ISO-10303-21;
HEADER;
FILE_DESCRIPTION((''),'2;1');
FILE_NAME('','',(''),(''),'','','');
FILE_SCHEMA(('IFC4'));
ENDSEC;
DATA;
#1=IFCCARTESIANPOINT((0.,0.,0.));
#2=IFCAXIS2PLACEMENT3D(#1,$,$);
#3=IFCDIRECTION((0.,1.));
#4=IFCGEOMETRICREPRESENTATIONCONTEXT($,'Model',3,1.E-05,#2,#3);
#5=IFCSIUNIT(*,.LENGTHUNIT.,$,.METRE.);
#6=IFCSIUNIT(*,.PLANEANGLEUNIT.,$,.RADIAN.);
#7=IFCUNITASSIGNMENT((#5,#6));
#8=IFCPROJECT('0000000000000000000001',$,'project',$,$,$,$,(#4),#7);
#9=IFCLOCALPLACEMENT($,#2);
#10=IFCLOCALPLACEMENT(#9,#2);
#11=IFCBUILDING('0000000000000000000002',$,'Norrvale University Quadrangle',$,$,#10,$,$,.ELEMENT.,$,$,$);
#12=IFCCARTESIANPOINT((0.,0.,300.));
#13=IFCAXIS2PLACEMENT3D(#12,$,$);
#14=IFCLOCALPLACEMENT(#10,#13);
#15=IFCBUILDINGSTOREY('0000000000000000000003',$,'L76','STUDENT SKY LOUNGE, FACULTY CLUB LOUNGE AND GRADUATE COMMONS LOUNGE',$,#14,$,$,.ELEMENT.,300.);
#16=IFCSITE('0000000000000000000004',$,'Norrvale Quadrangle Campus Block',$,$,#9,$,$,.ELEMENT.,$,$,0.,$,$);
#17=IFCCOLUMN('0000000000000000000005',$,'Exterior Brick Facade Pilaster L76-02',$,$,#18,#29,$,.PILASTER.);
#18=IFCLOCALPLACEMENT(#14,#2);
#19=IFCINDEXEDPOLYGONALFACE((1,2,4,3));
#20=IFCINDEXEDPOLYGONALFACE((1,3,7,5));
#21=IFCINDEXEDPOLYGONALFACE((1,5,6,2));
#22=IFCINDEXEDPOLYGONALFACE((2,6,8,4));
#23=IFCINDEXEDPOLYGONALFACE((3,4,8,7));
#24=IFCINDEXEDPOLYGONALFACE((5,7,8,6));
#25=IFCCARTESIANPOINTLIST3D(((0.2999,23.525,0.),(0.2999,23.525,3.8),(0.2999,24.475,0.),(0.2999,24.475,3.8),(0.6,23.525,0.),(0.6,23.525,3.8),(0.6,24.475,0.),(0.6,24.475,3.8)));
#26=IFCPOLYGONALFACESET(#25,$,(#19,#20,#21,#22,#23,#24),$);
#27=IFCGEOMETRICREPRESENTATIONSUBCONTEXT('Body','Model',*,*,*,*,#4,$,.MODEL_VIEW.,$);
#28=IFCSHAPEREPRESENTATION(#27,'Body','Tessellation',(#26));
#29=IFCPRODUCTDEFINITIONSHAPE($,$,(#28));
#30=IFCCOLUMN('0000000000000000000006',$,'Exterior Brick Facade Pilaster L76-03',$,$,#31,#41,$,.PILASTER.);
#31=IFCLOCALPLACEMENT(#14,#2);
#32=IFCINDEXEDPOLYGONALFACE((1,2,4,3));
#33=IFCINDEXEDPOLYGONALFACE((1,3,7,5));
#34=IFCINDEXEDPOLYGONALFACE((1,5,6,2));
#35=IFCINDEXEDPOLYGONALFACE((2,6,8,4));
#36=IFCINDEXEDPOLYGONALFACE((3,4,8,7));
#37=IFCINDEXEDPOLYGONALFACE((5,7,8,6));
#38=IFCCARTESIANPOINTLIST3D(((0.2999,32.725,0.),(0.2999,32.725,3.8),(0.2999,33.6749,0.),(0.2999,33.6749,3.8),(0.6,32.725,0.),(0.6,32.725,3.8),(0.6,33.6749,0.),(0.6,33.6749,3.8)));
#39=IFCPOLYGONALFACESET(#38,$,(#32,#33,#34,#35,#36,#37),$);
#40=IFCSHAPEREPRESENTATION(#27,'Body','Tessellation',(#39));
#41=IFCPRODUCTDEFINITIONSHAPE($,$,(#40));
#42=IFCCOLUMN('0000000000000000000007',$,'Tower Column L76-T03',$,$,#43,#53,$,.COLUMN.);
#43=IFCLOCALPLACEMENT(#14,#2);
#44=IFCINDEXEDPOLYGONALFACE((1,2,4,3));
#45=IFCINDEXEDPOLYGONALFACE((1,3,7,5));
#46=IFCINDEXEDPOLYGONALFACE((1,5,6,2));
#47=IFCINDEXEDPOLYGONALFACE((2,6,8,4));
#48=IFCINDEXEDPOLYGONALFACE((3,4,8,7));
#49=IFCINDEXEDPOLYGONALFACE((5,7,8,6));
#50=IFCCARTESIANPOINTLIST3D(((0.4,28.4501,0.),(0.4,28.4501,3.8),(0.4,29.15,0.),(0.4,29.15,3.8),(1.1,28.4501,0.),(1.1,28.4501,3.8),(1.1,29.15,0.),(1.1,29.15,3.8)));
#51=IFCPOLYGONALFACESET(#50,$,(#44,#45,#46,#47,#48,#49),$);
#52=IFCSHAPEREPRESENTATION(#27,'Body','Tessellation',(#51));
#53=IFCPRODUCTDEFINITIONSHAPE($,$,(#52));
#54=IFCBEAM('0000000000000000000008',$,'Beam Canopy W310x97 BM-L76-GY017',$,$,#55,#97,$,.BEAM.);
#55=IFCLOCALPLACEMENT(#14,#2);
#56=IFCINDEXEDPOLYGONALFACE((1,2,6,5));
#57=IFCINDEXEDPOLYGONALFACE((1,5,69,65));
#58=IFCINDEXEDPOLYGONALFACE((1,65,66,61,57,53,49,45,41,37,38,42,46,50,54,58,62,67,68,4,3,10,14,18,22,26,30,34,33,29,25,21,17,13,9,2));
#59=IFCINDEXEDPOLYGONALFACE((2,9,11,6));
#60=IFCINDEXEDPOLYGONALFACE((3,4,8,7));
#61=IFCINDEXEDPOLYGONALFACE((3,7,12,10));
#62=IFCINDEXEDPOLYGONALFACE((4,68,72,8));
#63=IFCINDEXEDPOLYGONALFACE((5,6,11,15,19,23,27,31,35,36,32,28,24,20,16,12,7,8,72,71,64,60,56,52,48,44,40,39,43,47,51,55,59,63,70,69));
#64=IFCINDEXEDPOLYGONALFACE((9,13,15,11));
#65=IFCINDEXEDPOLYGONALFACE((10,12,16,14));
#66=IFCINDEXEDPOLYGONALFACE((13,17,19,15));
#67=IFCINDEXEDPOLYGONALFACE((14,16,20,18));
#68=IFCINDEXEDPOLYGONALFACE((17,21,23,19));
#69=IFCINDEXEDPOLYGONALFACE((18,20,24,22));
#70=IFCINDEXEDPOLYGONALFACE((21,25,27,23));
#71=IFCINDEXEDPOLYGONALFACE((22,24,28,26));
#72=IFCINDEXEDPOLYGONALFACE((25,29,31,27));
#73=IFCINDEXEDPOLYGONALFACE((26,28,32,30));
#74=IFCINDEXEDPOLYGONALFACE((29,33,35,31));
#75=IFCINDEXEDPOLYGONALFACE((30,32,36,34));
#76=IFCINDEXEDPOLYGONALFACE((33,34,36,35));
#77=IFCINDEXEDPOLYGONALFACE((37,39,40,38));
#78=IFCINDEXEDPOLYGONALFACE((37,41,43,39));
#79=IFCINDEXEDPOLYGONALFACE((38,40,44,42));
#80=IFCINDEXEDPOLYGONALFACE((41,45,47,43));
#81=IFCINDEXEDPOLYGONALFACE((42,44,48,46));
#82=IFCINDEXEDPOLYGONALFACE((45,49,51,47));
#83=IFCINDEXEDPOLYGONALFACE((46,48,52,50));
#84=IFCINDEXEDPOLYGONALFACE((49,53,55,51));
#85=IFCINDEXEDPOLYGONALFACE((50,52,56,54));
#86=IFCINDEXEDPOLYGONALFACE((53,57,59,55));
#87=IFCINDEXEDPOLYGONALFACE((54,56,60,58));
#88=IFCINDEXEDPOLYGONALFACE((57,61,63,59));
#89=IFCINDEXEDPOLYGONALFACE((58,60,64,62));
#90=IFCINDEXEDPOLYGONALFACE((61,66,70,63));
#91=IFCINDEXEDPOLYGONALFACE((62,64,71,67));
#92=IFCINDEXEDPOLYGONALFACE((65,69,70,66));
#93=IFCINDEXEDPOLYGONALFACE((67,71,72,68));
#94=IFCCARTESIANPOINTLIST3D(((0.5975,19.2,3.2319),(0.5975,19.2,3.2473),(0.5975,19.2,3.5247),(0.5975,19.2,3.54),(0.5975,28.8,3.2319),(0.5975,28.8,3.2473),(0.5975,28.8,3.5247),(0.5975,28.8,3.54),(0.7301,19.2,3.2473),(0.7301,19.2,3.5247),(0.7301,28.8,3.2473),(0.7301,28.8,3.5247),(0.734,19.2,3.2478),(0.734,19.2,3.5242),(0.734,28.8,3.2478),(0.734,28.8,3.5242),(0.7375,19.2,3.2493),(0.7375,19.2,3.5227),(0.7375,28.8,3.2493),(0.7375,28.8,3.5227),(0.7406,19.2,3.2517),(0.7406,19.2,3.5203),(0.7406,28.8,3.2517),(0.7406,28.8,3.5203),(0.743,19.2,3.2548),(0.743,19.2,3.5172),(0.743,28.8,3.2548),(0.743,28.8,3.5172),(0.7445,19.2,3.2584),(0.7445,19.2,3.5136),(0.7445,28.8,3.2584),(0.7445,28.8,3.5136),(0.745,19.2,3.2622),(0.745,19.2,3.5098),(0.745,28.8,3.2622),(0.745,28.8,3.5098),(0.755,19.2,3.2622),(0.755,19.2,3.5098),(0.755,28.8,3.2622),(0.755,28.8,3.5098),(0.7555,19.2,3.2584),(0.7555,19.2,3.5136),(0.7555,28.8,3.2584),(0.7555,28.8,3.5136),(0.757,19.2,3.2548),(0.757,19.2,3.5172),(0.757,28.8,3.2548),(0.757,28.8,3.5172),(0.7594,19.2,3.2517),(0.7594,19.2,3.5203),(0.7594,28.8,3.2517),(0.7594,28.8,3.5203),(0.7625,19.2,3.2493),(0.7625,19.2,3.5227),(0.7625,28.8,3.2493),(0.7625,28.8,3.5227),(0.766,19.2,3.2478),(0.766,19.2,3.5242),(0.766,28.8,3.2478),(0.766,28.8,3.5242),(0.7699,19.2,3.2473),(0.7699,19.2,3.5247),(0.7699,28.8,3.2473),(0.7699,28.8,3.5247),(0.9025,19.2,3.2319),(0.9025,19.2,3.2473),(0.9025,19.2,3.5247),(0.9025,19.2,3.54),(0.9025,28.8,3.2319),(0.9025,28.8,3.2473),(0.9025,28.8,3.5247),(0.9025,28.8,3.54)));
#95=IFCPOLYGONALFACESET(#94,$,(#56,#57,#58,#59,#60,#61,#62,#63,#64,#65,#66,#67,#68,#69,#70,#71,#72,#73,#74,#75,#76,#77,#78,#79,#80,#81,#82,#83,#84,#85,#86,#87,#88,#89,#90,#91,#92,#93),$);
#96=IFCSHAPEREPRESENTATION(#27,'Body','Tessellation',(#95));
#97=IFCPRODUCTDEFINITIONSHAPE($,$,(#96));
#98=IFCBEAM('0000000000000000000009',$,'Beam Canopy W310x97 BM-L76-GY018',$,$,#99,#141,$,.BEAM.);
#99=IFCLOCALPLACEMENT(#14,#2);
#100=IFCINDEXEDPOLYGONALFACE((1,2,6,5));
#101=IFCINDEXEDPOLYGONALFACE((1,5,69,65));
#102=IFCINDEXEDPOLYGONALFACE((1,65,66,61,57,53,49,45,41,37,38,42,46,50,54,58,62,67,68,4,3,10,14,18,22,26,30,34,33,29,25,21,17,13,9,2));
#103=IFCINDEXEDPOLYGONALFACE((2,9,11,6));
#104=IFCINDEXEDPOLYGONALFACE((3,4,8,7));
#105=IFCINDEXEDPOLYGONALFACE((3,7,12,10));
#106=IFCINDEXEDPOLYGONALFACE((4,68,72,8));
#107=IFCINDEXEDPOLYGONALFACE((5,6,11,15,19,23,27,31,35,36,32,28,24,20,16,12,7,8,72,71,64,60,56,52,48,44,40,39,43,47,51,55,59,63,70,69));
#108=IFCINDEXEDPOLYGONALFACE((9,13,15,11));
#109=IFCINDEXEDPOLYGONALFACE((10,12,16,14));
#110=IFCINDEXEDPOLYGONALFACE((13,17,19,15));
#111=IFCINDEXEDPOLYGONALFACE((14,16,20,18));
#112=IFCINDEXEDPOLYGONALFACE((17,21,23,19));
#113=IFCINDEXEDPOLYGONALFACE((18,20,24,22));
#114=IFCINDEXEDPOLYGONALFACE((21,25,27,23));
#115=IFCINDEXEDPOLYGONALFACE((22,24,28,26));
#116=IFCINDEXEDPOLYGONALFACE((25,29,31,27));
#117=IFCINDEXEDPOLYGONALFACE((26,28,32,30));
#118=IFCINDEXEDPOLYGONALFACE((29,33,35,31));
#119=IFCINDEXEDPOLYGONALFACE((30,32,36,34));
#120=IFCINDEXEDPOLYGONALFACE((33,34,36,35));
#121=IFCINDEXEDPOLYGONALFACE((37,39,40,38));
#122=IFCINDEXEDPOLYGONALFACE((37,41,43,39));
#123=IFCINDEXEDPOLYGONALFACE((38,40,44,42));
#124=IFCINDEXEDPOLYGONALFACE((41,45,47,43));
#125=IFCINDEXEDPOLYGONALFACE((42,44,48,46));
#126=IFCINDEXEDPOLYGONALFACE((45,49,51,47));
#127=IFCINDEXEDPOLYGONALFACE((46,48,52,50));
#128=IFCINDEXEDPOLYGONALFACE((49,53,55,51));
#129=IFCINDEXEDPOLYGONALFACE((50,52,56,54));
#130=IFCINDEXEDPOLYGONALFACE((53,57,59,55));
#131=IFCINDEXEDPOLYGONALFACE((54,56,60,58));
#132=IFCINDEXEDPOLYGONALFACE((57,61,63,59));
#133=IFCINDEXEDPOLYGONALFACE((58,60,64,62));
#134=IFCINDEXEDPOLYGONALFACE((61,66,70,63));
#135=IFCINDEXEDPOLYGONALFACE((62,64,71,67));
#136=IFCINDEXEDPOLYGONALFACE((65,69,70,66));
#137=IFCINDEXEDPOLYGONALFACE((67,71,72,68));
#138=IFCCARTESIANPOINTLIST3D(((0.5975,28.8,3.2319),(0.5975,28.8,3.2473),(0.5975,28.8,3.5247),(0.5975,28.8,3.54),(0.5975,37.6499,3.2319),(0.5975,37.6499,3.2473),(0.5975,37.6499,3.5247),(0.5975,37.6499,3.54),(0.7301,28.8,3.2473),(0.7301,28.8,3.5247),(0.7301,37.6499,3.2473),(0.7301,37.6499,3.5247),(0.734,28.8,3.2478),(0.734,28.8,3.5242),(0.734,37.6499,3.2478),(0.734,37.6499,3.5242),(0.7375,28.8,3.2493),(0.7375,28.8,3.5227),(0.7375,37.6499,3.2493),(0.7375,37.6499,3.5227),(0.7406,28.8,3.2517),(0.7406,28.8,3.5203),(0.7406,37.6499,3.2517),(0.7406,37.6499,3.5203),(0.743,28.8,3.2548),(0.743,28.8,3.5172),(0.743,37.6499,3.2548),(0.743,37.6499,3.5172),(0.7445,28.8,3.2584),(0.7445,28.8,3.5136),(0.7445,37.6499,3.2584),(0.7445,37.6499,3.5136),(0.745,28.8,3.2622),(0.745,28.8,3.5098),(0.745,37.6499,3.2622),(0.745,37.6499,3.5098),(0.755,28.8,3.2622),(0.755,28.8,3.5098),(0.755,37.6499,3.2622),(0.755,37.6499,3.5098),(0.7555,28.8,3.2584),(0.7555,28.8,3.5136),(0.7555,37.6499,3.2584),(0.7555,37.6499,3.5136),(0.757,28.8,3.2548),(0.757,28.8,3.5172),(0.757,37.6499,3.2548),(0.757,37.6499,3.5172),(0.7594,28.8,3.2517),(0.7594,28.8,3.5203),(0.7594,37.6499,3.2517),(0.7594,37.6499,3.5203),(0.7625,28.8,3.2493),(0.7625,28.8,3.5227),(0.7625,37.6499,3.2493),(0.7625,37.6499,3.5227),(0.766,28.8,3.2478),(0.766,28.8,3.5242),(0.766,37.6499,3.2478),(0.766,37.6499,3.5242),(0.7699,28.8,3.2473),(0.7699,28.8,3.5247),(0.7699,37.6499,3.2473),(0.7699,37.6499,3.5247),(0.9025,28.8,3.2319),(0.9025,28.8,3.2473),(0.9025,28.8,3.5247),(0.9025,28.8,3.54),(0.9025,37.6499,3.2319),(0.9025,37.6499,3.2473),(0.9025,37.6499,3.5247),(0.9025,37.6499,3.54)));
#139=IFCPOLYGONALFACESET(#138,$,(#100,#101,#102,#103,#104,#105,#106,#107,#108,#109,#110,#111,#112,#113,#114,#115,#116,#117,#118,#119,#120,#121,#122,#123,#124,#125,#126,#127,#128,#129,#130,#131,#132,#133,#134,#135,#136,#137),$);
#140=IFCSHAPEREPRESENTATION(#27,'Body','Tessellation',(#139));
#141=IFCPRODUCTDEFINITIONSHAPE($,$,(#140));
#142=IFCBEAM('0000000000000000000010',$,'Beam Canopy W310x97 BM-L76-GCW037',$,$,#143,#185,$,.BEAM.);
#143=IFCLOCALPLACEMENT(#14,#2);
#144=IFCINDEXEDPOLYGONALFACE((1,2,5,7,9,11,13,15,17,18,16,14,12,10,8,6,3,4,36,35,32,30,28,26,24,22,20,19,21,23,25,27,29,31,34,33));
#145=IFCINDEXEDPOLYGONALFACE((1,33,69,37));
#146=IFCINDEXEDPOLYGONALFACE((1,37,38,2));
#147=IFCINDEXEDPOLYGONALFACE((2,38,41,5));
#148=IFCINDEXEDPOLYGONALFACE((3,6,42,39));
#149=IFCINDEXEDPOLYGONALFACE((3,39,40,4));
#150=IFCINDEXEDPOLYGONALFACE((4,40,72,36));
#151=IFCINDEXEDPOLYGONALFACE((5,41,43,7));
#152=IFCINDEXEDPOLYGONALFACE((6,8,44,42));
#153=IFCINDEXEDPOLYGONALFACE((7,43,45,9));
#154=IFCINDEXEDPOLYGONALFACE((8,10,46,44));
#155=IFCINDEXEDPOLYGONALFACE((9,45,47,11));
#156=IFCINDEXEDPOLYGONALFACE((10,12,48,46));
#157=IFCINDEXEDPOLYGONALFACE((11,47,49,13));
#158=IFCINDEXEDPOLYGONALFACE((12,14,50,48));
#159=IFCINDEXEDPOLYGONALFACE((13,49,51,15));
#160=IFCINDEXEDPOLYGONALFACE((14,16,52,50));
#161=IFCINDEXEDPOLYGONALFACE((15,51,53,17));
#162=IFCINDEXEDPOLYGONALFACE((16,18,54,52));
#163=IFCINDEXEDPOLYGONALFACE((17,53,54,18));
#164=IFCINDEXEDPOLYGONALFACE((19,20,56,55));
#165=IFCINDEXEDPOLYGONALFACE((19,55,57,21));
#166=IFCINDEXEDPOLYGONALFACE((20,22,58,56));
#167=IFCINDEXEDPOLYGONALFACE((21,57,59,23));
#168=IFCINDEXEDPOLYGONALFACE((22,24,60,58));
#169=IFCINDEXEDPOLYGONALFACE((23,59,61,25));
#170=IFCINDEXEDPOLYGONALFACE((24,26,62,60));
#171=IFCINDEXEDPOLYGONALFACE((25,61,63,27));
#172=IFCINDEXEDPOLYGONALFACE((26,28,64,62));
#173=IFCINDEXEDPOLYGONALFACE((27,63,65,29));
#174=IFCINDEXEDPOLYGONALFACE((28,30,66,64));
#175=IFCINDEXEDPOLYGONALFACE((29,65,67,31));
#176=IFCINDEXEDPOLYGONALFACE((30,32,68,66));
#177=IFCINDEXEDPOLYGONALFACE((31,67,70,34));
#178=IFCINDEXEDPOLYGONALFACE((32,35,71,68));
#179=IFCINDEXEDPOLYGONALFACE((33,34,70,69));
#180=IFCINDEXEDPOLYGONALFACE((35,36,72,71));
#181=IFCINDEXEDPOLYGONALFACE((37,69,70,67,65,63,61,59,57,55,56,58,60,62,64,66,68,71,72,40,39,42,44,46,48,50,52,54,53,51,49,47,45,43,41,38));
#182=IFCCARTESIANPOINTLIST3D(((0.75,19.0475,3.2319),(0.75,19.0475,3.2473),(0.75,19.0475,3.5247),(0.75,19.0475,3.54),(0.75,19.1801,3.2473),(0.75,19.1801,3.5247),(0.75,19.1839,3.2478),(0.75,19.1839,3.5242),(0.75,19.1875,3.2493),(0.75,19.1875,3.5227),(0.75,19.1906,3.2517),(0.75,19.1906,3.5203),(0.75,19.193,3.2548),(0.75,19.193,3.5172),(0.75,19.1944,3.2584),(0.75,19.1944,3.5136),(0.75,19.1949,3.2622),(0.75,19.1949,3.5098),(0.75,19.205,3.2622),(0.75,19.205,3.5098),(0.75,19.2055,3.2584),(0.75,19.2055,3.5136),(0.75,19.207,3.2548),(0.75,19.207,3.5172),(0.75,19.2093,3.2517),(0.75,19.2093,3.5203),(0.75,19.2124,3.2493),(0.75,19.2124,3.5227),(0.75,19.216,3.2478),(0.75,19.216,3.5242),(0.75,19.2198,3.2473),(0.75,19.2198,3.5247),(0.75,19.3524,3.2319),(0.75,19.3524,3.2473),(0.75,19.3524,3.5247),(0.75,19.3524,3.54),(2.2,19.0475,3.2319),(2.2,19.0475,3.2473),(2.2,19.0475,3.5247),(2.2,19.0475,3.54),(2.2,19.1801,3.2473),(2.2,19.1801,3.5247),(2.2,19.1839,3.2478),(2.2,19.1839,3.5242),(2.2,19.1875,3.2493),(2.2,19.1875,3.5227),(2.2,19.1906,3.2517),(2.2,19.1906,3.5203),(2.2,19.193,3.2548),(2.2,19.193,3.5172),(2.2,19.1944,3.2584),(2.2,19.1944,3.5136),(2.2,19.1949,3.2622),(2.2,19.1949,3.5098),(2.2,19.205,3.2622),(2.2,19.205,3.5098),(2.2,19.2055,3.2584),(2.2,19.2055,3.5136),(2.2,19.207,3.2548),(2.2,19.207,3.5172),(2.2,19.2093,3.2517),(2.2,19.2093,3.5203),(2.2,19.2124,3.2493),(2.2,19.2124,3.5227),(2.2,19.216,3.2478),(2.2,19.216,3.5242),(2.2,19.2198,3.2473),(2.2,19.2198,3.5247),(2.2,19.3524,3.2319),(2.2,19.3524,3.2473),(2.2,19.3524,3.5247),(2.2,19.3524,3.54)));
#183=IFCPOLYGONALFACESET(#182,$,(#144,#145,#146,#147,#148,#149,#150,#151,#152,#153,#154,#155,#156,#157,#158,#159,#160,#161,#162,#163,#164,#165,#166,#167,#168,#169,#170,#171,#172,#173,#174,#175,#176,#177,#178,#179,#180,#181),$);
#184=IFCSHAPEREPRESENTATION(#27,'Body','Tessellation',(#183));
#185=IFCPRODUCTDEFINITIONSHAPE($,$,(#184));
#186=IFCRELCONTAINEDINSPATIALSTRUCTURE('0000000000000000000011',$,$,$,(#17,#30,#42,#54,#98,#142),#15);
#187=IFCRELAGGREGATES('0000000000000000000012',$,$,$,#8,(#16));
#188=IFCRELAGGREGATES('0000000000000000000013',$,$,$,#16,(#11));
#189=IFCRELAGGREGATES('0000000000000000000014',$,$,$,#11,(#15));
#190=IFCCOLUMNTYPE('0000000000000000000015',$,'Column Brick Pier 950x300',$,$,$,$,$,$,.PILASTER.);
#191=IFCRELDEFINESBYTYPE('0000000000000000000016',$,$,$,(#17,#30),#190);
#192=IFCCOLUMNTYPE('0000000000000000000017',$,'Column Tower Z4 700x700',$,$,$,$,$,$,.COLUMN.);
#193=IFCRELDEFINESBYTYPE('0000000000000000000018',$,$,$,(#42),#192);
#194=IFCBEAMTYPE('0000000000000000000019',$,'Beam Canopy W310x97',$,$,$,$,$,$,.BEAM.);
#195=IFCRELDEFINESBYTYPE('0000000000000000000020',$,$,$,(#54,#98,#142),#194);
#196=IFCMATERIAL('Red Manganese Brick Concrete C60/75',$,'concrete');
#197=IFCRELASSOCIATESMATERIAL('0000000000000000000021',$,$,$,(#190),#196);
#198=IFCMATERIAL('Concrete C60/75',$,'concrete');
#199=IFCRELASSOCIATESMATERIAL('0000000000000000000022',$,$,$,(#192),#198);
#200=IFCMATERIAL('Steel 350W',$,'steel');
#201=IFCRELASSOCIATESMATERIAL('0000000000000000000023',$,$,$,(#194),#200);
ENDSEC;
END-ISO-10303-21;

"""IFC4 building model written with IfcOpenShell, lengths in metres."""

from ifc_helpers import new_model, si_unit, direction, frame, origin, origin_2d, place, context, subcontext, project, spatial, rectangle, i_section, extrude, material, material_profile, profile_set, type_object, element, save


model = new_model("IFC4")

# Units and contexts
model_context = context("Model", 3, precision=1e-05, world=origin(), true_north=direction((0.0, 1.0)))
body_context = subcontext(model_context, "Body", "Model", "MODEL_VIEW")
ifc_project = project(units=[si_unit("LENGTHUNIT", "METRE"), si_unit("PLANEANGLEUNIT", "RADIAN")], contexts=[model_context])

# Site, building, storey
site_placement = place(None, origin())
site = spatial("IfcSite", under=ifc_project, at=site_placement, Name="Norrvale Quadrangle Campus Block", CompositionType="ELEMENT", RefElevation=0.0)
building_placement = place(site_placement, origin())
building = spatial("IfcBuilding", under=site, at=building_placement, Name="Norrvale University Quadrangle", CompositionType="ELEMENT")
storey_placement = place(building_placement, frame((0.0, 0.0, 300.0)))
storey = spatial("IfcBuildingStorey", under=building, at=storey_placement, Name="L76", Description="STUDENT SKY LOUNGE, FACULTY CLUB LOUNGE AND GRADUATE COMMONS LOUNGE", CompositionType="ELEMENT", Elevation=300.0)

# Columns
ifc_material_1 = material(Name="Red Manganese Brick Concrete C60/75", Category="concrete")
ifc_material_profile_1 = material_profile(ifc_material_1, rectangle(XDim=0.95, YDim=0.3, at=origin_2d()), Name="Red Manganese Brick Concrete C60/75")
ifc_profile_set_1 = profile_set([ifc_material_profile_1], Name="Red Manganese Brick Concrete C60/75")
column_type_1 = type_object("IfcColumnType", Name="Column Brick Pier 950x300", PredefinedType="PILASTER", material=ifc_profile_set_1)
for number, where, z_axis, x_axis, name in (
    (1, (0.45, 24.0, 0.0), (0.0, 0.0, 1.0), (0.0, 1.0, 0.0), "Exterior Brick Facade Pilaster L76-02"),
    (2, (0.45, 33.2, 0.0), (0.0, 0.0, 1.0), (0.0, 1.0, 0.0), "Exterior Brick Facade Pilaster L76-03"),
):
    element("IfcColumn", number, at=place(storey_placement, frame(where, z_axis=z_axis, x_axis=x_axis)), inside=storey, type_object=column_type_1, Name=name, PredefinedType="PILASTER", context=body_context, shape_type="SweptSolid", body=[
        extrude(rectangle(XDim=0.95, YDim=0.3, at=origin_2d()), origin(), (0.0, 0.0, 1.0), 3.8),
    ])
ifc_material_2 = material(Name="Concrete C60/75", Category="concrete")
ifc_material_profile_2 = material_profile(ifc_material_2, rectangle(XDim=0.7, YDim=0.7, at=origin_2d()), Name="Concrete C60/75")
ifc_profile_set_2 = profile_set([ifc_material_profile_2], Name="Concrete C60/75")
column_type_2 = type_object("IfcColumnType", Name="Column Tower Z4 700x700", PredefinedType="COLUMN", material=ifc_profile_set_2)
column_placement = place(storey_placement, frame((0.75, 28.8, 0.0), z_axis=(0.0, 0.0, 1.0), x_axis=(1.0, 0.0, 0.0)))
element("IfcColumn", 3, at=column_placement, inside=storey, type_object=column_type_2, Name="Tower Column L76-T03", PredefinedType="COLUMN", context=body_context, shape_type="SweptSolid", body=[
    extrude(rectangle(XDim=0.7, YDim=0.7, at=origin_2d()), origin(), (0.0, 0.0, 1.0), 3.8),
])

# Beams
ifc_material_3 = material(Name="Steel 350W", Category="steel")
ifc_material_profile_3 = material_profile(ifc_material_3, i_section(OverallWidth=0.3049, OverallDepth=0.3081, WebThickness=0.01, FlangeThickness=0.0154, FilletRadius=0.0149, at=origin_2d()), Name="Steel 350W")
ifc_profile_set_3 = profile_set([ifc_material_profile_3], Name="Steel 350W")
beam_type = type_object("IfcBeamType", Name="Beam Canopy W310x97", PredefinedType="BEAM", material=ifc_profile_set_3)
beam_1_placement = place(storey_placement, frame((0.75, 19.2, 3.386), z_axis=(0.0, 1.0, 0.0), x_axis=(-1.0, 0.0, 0.0)))
element("IfcBeam", 4, at=beam_1_placement, inside=storey, type_object=beam_type, Name="Beam Canopy W310x97 BM-L76-GY017", PredefinedType="BEAM", context=body_context, shape_type="SweptSolid", body=[
    extrude(i_section(OverallWidth=0.3049, OverallDepth=0.3081, WebThickness=0.01, FlangeThickness=0.0154, FilletRadius=0.0149, at=origin_2d()), origin(), (0.0, 0.0, 1.0), 9.6001),
])
beam_2_placement = place(storey_placement, frame((0.75, 28.8, 3.386), z_axis=(0.0, 1.0, 0.0), x_axis=(-1.0, 0.0, 0.0)))
element("IfcBeam", 5, at=beam_2_placement, inside=storey, type_object=beam_type, Name="Beam Canopy W310x97 BM-L76-GY018", PredefinedType="BEAM", context=body_context, shape_type="SweptSolid", body=[
    extrude(i_section(OverallWidth=0.3049, OverallDepth=0.3081, WebThickness=0.01, FlangeThickness=0.0154, FilletRadius=0.0149, at=origin_2d()), origin(), (0.0, 0.0, 1.0), 8.8499),
])
for number, where, z_axis, x_axis, name in (
    (6, (0.75, 19.2, 3.386), (1.0, 0.0, 0.0), (0.0, 1.0, 0.0), "Beam Canopy W310x97 BM-L76-GCW037"),
):
    element("IfcBeam", number, at=place(storey_placement, frame(where, z_axis=z_axis, x_axis=x_axis)), inside=storey, type_object=beam_type, Name=name, PredefinedType="BEAM", context=body_context, shape_type="SweptSolid", body=[
        extrude(i_section(OverallWidth=0.3049, OverallDepth=0.3081, WebThickness=0.01, FlangeThickness=0.0154, FilletRadius=0.0149, at=origin_2d()), origin(), (0.0, 0.0, 1.0), 1.45),
    ])

save(model, "model.ifc")
